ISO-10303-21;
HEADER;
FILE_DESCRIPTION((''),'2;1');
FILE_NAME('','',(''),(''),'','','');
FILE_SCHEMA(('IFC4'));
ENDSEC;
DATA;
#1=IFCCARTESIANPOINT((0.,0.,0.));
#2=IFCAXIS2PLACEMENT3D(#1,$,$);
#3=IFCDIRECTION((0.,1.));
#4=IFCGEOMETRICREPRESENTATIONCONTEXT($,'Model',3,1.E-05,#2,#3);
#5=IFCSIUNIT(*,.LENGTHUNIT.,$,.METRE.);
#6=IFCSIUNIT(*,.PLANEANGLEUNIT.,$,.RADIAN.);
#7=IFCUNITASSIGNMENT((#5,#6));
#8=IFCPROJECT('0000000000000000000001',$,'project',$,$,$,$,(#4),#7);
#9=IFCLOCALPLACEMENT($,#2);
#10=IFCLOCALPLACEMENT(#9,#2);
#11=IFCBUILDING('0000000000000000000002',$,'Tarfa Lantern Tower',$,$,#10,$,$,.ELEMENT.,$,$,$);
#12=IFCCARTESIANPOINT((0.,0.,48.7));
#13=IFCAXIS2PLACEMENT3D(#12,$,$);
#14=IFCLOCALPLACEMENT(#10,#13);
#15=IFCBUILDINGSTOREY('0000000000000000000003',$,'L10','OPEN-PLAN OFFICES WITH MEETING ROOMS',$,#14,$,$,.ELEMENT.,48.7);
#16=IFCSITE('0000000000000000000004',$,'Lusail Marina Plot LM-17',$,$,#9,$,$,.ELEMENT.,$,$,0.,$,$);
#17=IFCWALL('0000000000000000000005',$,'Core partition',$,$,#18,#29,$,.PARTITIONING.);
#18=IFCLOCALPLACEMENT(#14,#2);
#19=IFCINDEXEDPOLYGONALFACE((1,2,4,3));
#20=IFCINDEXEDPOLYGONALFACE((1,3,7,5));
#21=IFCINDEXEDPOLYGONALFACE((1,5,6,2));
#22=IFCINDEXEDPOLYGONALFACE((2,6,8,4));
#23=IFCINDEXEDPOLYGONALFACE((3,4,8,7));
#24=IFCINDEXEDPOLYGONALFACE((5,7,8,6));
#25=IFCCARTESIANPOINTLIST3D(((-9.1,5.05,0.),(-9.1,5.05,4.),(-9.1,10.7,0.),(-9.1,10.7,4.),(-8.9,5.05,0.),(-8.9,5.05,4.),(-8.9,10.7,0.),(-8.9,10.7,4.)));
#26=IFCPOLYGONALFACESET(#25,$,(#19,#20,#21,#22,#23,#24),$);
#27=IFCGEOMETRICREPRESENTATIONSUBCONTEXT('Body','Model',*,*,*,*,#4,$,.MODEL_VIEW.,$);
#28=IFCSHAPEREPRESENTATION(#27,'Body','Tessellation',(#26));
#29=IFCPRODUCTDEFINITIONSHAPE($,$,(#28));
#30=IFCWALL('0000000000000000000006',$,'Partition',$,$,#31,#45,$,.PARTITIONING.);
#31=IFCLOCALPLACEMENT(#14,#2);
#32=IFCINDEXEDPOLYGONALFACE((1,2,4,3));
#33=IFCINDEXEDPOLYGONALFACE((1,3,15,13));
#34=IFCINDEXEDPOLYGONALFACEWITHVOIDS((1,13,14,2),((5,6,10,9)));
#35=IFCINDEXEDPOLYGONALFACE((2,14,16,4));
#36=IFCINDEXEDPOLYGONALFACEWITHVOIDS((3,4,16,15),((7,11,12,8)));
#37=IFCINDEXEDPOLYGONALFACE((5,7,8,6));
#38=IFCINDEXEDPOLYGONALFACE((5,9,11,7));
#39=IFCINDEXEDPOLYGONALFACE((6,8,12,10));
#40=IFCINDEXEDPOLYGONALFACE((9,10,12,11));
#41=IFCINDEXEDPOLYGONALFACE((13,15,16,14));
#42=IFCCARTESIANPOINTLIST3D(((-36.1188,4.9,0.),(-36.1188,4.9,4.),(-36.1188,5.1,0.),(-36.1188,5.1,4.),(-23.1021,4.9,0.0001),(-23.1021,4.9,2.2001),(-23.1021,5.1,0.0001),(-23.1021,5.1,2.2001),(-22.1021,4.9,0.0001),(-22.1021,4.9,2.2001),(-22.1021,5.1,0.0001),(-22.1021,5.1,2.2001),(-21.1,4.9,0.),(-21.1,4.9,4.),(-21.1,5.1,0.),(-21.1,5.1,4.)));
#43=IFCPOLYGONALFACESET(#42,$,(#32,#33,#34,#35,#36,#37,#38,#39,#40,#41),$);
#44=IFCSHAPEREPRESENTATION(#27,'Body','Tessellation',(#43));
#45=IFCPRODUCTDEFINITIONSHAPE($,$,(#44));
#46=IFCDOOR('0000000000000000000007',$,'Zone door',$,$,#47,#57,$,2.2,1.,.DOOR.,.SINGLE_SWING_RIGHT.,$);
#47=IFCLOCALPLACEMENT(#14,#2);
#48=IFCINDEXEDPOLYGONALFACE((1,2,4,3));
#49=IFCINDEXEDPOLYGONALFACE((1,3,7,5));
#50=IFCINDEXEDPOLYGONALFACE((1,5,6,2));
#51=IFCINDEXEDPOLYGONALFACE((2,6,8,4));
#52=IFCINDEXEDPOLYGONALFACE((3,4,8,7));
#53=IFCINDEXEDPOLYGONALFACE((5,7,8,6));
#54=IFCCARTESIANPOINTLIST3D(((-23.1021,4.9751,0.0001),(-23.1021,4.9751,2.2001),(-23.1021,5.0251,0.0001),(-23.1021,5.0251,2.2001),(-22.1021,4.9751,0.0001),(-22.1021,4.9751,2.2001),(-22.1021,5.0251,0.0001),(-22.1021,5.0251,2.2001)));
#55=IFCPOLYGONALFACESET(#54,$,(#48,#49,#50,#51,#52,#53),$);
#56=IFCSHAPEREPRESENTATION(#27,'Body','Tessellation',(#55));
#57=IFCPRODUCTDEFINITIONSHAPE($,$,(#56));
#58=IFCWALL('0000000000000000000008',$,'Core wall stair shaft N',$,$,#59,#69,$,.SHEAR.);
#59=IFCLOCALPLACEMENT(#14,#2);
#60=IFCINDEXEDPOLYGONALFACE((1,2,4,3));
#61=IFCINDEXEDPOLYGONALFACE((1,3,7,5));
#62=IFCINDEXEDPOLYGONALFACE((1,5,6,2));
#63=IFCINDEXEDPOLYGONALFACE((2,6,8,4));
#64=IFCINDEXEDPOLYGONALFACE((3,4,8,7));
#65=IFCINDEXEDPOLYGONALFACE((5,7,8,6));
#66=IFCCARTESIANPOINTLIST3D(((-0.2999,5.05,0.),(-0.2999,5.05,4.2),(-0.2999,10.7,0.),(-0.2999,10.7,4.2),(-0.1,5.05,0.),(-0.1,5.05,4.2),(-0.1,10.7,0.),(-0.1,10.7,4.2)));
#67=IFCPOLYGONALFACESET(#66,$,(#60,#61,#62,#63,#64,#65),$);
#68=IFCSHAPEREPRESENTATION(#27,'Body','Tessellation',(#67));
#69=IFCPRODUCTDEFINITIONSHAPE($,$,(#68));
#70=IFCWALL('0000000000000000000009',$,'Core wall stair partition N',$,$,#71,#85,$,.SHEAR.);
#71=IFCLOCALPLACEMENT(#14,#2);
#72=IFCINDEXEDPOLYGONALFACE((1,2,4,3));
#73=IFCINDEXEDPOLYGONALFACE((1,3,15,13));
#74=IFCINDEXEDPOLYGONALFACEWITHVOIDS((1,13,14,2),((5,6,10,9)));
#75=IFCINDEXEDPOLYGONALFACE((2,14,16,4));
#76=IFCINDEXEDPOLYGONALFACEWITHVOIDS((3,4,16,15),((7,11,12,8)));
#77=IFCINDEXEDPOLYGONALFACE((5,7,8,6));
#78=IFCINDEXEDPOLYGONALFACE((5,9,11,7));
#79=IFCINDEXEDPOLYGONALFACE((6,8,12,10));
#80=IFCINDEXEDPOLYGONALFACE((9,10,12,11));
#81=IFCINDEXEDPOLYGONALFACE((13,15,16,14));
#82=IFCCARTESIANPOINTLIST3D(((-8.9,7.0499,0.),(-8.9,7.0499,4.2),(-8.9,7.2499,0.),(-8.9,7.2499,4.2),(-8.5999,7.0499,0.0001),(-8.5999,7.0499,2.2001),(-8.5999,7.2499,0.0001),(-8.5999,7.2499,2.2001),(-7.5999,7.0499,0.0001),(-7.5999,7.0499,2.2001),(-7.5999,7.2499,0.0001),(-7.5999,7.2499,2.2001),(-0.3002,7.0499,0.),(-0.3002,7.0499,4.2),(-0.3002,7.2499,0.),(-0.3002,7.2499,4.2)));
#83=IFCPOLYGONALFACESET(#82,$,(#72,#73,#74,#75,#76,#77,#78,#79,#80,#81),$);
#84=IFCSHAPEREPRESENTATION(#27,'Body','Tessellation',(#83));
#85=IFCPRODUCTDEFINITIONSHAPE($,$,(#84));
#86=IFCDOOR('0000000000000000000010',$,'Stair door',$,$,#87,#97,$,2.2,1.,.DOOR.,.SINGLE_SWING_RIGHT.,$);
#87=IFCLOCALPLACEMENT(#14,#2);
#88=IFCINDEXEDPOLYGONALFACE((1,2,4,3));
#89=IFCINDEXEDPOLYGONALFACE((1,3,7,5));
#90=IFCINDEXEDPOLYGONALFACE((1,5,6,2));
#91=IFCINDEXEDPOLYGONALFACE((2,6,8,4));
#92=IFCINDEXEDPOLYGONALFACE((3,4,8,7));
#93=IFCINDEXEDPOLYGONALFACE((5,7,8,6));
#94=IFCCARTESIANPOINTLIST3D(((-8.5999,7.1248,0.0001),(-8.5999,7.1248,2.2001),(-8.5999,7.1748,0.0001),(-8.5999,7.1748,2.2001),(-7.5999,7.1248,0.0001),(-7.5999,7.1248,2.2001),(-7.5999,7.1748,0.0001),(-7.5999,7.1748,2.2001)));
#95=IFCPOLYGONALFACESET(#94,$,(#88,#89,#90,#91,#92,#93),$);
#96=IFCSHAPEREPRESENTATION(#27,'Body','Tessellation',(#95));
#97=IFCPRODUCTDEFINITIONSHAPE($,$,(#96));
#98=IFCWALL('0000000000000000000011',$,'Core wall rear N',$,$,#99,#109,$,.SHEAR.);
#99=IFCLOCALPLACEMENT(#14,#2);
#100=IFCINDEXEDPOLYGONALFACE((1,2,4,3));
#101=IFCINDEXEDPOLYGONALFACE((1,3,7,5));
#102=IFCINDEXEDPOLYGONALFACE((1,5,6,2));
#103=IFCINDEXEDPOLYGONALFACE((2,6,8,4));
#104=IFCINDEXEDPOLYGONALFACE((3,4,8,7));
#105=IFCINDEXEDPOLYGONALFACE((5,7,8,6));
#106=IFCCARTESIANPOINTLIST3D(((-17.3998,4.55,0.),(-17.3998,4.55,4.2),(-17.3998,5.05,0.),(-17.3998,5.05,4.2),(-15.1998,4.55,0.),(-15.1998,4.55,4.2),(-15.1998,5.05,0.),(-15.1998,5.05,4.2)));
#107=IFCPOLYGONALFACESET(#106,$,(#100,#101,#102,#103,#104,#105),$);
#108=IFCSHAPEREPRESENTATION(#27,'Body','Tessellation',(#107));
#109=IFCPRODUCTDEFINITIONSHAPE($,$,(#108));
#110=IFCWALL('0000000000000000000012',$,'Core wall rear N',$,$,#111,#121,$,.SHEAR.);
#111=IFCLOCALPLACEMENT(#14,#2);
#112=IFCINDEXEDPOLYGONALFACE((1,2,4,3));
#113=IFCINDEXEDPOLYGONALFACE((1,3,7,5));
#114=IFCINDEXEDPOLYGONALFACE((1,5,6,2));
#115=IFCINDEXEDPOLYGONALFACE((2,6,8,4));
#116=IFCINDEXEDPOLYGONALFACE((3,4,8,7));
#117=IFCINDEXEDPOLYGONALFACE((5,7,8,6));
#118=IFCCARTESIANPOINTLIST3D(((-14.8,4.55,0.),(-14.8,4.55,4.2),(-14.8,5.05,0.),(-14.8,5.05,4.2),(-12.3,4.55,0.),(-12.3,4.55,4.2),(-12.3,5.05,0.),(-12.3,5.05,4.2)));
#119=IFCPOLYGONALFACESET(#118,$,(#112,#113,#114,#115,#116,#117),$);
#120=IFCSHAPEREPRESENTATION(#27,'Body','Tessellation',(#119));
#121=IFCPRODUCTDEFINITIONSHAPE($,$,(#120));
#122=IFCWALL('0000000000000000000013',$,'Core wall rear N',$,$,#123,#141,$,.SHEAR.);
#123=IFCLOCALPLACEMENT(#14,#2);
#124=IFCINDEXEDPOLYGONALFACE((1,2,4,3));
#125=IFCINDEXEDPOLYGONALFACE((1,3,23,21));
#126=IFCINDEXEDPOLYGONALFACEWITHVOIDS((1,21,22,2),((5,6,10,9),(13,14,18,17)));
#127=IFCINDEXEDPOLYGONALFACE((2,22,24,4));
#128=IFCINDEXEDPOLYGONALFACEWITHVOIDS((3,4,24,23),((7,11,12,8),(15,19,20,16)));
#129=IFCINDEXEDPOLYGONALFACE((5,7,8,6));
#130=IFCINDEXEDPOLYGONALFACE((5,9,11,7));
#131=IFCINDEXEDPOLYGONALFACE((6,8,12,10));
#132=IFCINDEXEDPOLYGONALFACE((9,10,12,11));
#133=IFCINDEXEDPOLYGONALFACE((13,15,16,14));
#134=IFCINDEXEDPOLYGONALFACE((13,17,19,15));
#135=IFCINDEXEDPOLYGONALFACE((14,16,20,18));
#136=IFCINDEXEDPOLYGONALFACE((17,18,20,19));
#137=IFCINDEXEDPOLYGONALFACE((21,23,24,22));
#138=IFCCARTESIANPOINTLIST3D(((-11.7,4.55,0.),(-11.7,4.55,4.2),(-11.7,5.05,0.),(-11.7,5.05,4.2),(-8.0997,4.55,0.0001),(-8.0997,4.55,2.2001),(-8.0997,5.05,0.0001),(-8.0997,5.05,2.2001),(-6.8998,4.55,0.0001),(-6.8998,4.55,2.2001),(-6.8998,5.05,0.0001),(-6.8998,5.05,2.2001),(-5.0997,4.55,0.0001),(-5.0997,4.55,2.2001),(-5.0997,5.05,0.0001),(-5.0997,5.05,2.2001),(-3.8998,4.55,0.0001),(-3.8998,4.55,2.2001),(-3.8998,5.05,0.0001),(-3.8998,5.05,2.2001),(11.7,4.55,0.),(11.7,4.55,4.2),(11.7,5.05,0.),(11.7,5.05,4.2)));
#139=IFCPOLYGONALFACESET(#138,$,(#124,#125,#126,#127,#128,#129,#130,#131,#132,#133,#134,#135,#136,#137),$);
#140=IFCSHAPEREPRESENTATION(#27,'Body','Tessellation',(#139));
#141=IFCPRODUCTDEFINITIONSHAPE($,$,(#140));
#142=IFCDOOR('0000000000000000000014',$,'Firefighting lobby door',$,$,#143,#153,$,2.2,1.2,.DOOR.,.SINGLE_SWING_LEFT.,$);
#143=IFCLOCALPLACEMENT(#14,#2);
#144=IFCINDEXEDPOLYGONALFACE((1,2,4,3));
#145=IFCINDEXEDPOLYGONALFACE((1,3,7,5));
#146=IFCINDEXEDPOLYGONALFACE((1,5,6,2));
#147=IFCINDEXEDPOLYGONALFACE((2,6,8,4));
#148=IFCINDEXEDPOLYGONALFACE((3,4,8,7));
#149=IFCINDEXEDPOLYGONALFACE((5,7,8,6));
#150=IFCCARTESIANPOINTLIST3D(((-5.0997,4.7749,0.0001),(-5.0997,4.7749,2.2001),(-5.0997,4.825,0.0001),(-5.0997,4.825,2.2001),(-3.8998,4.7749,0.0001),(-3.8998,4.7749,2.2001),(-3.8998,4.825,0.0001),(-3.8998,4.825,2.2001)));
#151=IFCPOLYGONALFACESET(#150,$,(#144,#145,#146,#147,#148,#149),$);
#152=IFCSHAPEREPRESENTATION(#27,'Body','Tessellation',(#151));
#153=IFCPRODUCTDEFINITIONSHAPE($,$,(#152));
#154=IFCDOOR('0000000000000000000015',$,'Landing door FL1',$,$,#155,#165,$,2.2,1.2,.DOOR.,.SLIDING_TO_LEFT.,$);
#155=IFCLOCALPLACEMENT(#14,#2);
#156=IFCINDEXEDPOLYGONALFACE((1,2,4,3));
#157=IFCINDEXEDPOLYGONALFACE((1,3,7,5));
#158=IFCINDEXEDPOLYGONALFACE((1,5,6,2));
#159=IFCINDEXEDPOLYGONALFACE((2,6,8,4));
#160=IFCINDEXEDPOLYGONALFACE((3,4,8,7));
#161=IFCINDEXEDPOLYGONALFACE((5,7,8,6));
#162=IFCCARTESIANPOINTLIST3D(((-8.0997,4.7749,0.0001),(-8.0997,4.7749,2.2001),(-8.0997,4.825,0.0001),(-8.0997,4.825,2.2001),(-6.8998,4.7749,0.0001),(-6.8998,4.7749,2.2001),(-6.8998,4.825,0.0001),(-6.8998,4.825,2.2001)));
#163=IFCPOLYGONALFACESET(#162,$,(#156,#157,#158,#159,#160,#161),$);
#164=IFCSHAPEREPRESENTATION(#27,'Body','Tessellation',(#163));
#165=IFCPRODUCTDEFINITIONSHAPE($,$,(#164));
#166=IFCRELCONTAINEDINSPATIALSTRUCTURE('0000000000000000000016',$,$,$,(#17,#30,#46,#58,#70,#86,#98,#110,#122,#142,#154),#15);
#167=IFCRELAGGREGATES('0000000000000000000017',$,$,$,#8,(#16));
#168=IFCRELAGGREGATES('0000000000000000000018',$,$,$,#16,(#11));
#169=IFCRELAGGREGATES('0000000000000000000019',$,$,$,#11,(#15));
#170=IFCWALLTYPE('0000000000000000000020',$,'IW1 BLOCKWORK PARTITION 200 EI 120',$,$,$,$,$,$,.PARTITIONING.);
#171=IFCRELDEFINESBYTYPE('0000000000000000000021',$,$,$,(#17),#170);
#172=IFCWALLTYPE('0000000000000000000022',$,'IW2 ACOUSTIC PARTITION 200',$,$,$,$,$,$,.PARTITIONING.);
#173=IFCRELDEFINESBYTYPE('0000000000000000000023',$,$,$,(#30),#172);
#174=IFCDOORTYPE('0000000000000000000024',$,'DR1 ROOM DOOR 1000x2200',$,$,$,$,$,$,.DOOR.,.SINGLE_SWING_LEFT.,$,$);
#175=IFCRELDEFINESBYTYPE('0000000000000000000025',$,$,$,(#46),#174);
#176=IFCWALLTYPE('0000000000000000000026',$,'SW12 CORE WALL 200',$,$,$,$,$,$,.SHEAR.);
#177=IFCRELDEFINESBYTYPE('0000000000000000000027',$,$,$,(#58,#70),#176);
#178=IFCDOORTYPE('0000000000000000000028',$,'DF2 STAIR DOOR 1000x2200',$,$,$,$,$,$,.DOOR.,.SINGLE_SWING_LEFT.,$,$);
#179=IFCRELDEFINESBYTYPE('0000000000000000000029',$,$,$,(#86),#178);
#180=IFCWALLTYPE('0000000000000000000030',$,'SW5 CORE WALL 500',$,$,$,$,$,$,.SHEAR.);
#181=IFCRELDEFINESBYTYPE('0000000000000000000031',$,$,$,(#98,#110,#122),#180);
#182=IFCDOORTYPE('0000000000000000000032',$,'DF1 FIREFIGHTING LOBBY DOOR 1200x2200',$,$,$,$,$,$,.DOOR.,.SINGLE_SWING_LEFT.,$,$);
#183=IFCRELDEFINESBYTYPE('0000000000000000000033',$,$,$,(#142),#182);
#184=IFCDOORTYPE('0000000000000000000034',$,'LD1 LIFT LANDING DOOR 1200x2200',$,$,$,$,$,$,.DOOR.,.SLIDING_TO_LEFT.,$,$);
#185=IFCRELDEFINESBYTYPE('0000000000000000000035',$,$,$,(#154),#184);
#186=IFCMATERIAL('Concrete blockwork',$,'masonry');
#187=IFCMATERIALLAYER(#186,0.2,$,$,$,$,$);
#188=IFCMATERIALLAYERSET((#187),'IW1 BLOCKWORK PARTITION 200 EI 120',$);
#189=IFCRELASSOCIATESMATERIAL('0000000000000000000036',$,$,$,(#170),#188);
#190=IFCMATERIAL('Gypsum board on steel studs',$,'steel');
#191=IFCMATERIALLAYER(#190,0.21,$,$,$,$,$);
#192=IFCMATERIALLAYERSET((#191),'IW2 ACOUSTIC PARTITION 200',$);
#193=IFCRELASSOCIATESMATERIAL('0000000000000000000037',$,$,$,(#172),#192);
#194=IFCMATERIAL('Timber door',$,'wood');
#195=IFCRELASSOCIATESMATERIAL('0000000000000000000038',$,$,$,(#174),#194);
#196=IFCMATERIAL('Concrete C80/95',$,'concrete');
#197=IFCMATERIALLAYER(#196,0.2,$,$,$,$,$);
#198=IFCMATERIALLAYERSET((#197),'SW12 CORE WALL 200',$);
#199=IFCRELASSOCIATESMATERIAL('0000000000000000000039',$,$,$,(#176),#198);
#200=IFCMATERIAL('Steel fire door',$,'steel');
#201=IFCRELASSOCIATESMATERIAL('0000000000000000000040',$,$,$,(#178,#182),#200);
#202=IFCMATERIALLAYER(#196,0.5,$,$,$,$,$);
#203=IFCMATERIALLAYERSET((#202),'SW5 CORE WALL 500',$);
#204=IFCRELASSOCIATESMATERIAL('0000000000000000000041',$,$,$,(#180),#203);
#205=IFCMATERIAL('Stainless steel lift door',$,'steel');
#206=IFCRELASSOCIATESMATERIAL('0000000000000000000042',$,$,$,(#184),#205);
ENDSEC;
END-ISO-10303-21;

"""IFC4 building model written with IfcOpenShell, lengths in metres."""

from ifc_helpers import new_model, si_unit, direction, frame, frame_2d, origin, place, context, subcontext, project, spatial, rectangle, extrude, material, layer, layer_set, type_object, element, fill, save


model = new_model("IFC4")

# Units and contexts
model_context = context("Model", 3, precision=1e-05, world=origin(), true_north=direction((0.0, 1.0)))
body_context = subcontext(model_context, "Body", "Model", "MODEL_VIEW")
ifc_project = project(units=[si_unit("LENGTHUNIT", "METRE"), si_unit("PLANEANGLEUNIT", "RADIAN")], contexts=[model_context])

# Site, building, storey
site_placement = place(None, origin())
site = spatial("IfcSite", under=ifc_project, at=site_placement, Name="Lusail Marina Plot LM-17", CompositionType="ELEMENT", RefElevation=0.0)
building_placement = place(site_placement, origin())
building = spatial("IfcBuilding", under=site, at=building_placement, Name="Tarfa Lantern Tower", CompositionType="ELEMENT")
storey_placement = place(building_placement, frame((0.0, 0.0, 48.7)))
storey = spatial("IfcBuildingStorey", under=building, at=storey_placement, Name="L10", Description="OPEN-PLAN OFFICES WITH MEETING ROOMS", CompositionType="ELEMENT", Elevation=48.7)

# Wall
ifc_material_1 = material(Name="Concrete blockwork", Category="masonry")
ifc_layer_1 = layer(ifc_material_1, 0.2)
ifc_layer_set_1 = layer_set([ifc_layer_1], Name="IW1 BLOCKWORK PARTITION 200 EI 120")
wall_type_1 = type_object("IfcWallType", Name="IW1 BLOCKWORK PARTITION 200 EI 120", PredefinedType="PARTITIONING", material=ifc_layer_set_1)
wall_1_placement = place(storey_placement, frame((-9.0, 5.05, 0.0), z_axis=(0.0, 0.0, 1.0), x_axis=(0.0, 1.0, 0.0)))
element("IfcWall", 1, at=wall_1_placement, inside=storey, type_object=wall_type_1, Name="Core partition", PredefinedType="PARTITIONING", context=body_context, shape_type="SweptSolid", body=[
    extrude(rectangle(XDim=5.6499, YDim=0.2, at=frame_2d((2.825, 0.0))), origin(), (0.0, 0.0, 1.0), 4.0),
])

# Wall, opening, door
ifc_material_2 = material(Name="Gypsum board on steel studs", Category="steel")
ifc_layer_2 = layer(ifc_material_2, 0.21)
ifc_layer_set_2 = layer_set([ifc_layer_2], Name="IW2 ACOUSTIC PARTITION 200")
wall_type_2 = type_object("IfcWallType", Name="IW2 ACOUSTIC PARTITION 200", PredefinedType="PARTITIONING", material=ifc_layer_set_2)
wall_2_placement = place(storey_placement, frame((-21.1001, 5.0, 0.0), z_axis=(0.0, 0.0, 1.0), x_axis=(-1.0, 0.0, 0.0)))
wall_2 = element("IfcWall", 2, at=wall_2_placement, inside=storey, type_object=wall_type_2, Name="Partition", PredefinedType="PARTITIONING", context=body_context, shape_type="SweptSolid", body=[
    extrude(rectangle(XDim=15.0188, YDim=0.2, at=frame_2d((7.5093, 0.0))), origin(), (0.0, 0.0, 1.0), 4.0),
])
opening_1_placement = place(wall_2_placement, frame((1.002, 0.0, 0.0)))
opening_1 = element("IfcOpeningElement", 3, at=opening_1_placement, cuts=wall_2, PredefinedType="OPENING", context=body_context, shape_type="SweptSolid", body=[
    extrude(rectangle(XDim=1.0, YDim=2.2, at=frame_2d((0.5, 1.1001))), frame((0.0, 0.1099, 0.0), z_axis=(0.0, -1.0, 0.0), x_axis=(1.0, 0.0, 0.0)), (0.0, 0.0, 1.0), 0.22),
])
ifc_material_3 = material(Name="Timber door", Category="wood")
door_type_1 = type_object("IfcDoorType", Name="DR1 ROOM DOOR 1000x2200", OperationType="SINGLE_SWING_LEFT", PredefinedType="DOOR", material=ifc_material_3)
door_1_placement = place(opening_1_placement, origin())
door_1 = element("IfcDoor", 4, at=door_1_placement, inside=storey, type_object=door_type_1, Name="Zone door", OperationType="SINGLE_SWING_RIGHT", OverallHeight=2.2, OverallWidth=1.0, PredefinedType="DOOR", context=body_context, shape_type="SweptSolid", body=[
    extrude(rectangle(XDim=1.0, YDim=2.2, at=frame_2d((0.5, 1.1001))), frame((0.0, 0.0249, 0.0), z_axis=(0.0, -1.0, 0.0), x_axis=(1.0, 0.0, 0.0)), (0.0, 0.0, 1.0), 0.05),
])
fill(opening_1, door_1)

# Wall
ifc_material_4 = material(Name="Concrete C80/95", Category="concrete")
ifc_layer_3 = layer(ifc_material_4, 0.2)
ifc_layer_set_3 = layer_set([ifc_layer_3], Name="SW12 CORE WALL 200")
wall_type_3 = type_object("IfcWallType", Name="SW12 CORE WALL 200", PredefinedType="SHEAR", material=ifc_layer_set_3)
wall_3_placement = place(storey_placement, frame((-0.2, 5.05, 0.0), z_axis=(0.0, 0.0, 1.0), x_axis=(0.0, 1.0, 0.0)))
element("IfcWall", 5, at=wall_3_placement, inside=storey, type_object=wall_type_3, Name="Core wall stair shaft N", PredefinedType="SHEAR", context=body_context, shape_type="SweptSolid", body=[
    extrude(rectangle(XDim=5.6499, YDim=0.2, at=frame_2d((2.825, 0.0))), origin(), (0.0, 0.0, 1.0), 4.2),
])

# Wall, opening, door
wall_4_placement = place(storey_placement, frame((-8.8999, 7.1499, 0.0), z_axis=(0.0, 0.0, 1.0), x_axis=(1.0, 0.0, 0.0)))
wall_4 = element("IfcWall", 6, at=wall_4_placement, inside=storey, type_object=wall_type_3, Name="Core wall stair partition N", PredefinedType="SHEAR", context=body_context, shape_type="SweptSolid", body=[
    extrude(rectangle(XDim=8.5999, YDim=0.2, at=frame_2d((4.2998, 0.0))), origin(), (0.0, 0.0, 1.0), 4.2),
])
opening_2_placement = place(wall_4_placement, frame((0.3, 0.0, 0.0)))
opening_2 = element("IfcOpeningElement", 7, at=opening_2_placement, cuts=wall_4, PredefinedType="OPENING", context=body_context, shape_type="SweptSolid", body=[
    extrude(rectangle(XDim=1.0, YDim=2.2, at=frame_2d((0.5, 1.1001))), frame((0.0, 0.1099, 0.0), z_axis=(0.0, -1.0, 0.0), x_axis=(1.0, 0.0, 0.0)), (0.0, 0.0, 1.0), 0.22),
])
ifc_material_5 = material(Name="Steel fire door", Category="steel")
door_type_2 = type_object("IfcDoorType", Name="DF2 STAIR DOOR 1000x2200", OperationType="SINGLE_SWING_LEFT", PredefinedType="DOOR", material=ifc_material_5)
door_2_placement = place(opening_2_placement, origin())
door_2 = element("IfcDoor", 8, at=door_2_placement, inside=storey, type_object=door_type_2, Name="Stair door", OperationType="SINGLE_SWING_RIGHT", OverallHeight=2.2, OverallWidth=1.0, PredefinedType="DOOR", context=body_context, shape_type="SweptSolid", body=[
    extrude(rectangle(XDim=1.0, YDim=2.2, at=frame_2d((0.5, 1.1001))), frame((0.0, 0.0249, 0.0), z_axis=(0.0, -1.0, 0.0), x_axis=(1.0, 0.0, 0.0)), (0.0, 0.0, 1.0), 0.05),
])
fill(opening_2, door_2)

# Walls
ifc_layer_4 = layer(ifc_material_4, 0.5)
ifc_layer_set_4 = layer_set([ifc_layer_4], Name="SW5 CORE WALL 500")
wall_type_4 = type_object("IfcWallType", Name="SW5 CORE WALL 500", PredefinedType="SHEAR", material=ifc_layer_set_4)
wall_5_placement = place(storey_placement, frame((-17.3999, 4.8, 0.0), z_axis=(0.0, 0.0, 1.0), x_axis=(1.0, 0.0, 0.0)))
element("IfcWall", 9, at=wall_5_placement, inside=storey, type_object=wall_type_4, Name="Core wall rear N", PredefinedType="SHEAR", context=body_context, shape_type="SweptSolid", body=[
    extrude(rectangle(XDim=2.2, YDim=0.5, at=frame_2d((1.1001, 0.0))), origin(), (0.0, 0.0, 1.0), 4.2),
])
wall_6_placement = place(storey_placement, frame((-14.8, 4.8, 0.0), z_axis=(0.0, 0.0, 1.0), x_axis=(1.0, 0.0, 0.0)))
element("IfcWall", 10, at=wall_6_placement, inside=storey, type_object=wall_type_4, Name="Core wall rear N", PredefinedType="SHEAR", context=body_context, shape_type="SweptSolid", body=[
    extrude(rectangle(XDim=2.5, YDim=0.5, at=frame_2d((1.25, 0.0))), origin(), (0.0, 0.0, 1.0), 4.2),
])

# Wall, openings, doors
wall_7_placement = place(storey_placement, frame((-11.7, 4.8, 0.0), z_axis=(0.0, 0.0, 1.0), x_axis=(1.0, 0.0, 0.0)))
wall_7 = element("IfcWall", 11, at=wall_7_placement, inside=storey, type_object=wall_type_4, Name="Core wall rear N", PredefinedType="SHEAR", context=body_context, shape_type="SweptSolid", body=[
    extrude(rectangle(XDim=23.3999, YDim=0.5, at=frame_2d((11.7, 0.0))), origin(), (0.0, 0.0, 1.0), 4.2),
])
opening_3_placement = place(wall_7_placement, frame((6.6001, 0.0, 0.0)))
opening_3 = element("IfcOpeningElement", 12, at=opening_3_placement, cuts=wall_7, PredefinedType="OPENING", context=body_context, shape_type="SweptSolid", body=[
    extrude(rectangle(XDim=1.2, YDim=2.2, at=frame_2d((0.6001, 1.1001))), frame((0.0, 0.26, 0.0), z_axis=(0.0, -1.0, 0.0), x_axis=(1.0, 0.0, 0.0)), (0.0, 0.0, 1.0), 0.52),
])
opening_4_placement = place(wall_7_placement, frame((3.6001, 0.0, 0.0)))
opening_4 = element("IfcOpeningElement", 13, at=opening_4_placement, cuts=wall_7, PredefinedType="OPENING", context=body_context, shape_type="SweptSolid", body=[
    extrude(rectangle(XDim=1.2, YDim=2.2, at=frame_2d((0.6001, 1.1001))), frame((0.0, 0.26, 0.0), z_axis=(0.0, -1.0, 0.0), x_axis=(1.0, 0.0, 0.0)), (0.0, 0.0, 1.0), 0.52),
])
door_type_3 = type_object("IfcDoorType", Name="DF1 FIREFIGHTING LOBBY DOOR 1200x2200", OperationType="SINGLE_SWING_LEFT", PredefinedType="DOOR", material=ifc_material_5)
door_3_placement = place(opening_3_placement, origin())
door_3 = element("IfcDoor", 14, at=door_3_placement, inside=storey, type_object=door_type_3, Name="Firefighting lobby door", OperationType="SINGLE_SWING_LEFT", OverallHeight=2.2, OverallWidth=1.2, PredefinedType="DOOR", context=body_context, shape_type="SweptSolid", body=[
    extrude(rectangle(XDim=1.2, YDim=2.2, at=frame_2d((0.6001, 1.1001))), frame((0.0, 0.0249, 0.0), z_axis=(0.0, -1.0, 0.0), x_axis=(1.0, 0.0, 0.0)), (0.0, 0.0, 1.0), 0.05),
])
fill(opening_3, door_3)
ifc_material_6 = material(Name="Stainless steel lift door", Category="steel")
door_type_4 = type_object("IfcDoorType", Name="LD1 LIFT LANDING DOOR 1200x2200", OperationType="SLIDING_TO_LEFT", PredefinedType="DOOR", material=ifc_material_6)
door_4_placement = place(opening_4_placement, origin())
door_4 = element("IfcDoor", 15, at=door_4_placement, inside=storey, type_object=door_type_4, Name="Landing door FL1", OperationType="SLIDING_TO_LEFT", OverallHeight=2.2, OverallWidth=1.2, PredefinedType="DOOR", context=body_context, shape_type="SweptSolid", body=[
    extrude(rectangle(XDim=1.2, YDim=2.2, at=frame_2d((0.6001, 1.1001))), frame((0.0, 0.0249, 0.0), z_axis=(0.0, -1.0, 0.0), x_axis=(1.0, 0.0, 0.0)), (0.0, 0.0, 1.0), 0.05),
])
fill(opening_4, door_4)

save(model, "model.ifc")
